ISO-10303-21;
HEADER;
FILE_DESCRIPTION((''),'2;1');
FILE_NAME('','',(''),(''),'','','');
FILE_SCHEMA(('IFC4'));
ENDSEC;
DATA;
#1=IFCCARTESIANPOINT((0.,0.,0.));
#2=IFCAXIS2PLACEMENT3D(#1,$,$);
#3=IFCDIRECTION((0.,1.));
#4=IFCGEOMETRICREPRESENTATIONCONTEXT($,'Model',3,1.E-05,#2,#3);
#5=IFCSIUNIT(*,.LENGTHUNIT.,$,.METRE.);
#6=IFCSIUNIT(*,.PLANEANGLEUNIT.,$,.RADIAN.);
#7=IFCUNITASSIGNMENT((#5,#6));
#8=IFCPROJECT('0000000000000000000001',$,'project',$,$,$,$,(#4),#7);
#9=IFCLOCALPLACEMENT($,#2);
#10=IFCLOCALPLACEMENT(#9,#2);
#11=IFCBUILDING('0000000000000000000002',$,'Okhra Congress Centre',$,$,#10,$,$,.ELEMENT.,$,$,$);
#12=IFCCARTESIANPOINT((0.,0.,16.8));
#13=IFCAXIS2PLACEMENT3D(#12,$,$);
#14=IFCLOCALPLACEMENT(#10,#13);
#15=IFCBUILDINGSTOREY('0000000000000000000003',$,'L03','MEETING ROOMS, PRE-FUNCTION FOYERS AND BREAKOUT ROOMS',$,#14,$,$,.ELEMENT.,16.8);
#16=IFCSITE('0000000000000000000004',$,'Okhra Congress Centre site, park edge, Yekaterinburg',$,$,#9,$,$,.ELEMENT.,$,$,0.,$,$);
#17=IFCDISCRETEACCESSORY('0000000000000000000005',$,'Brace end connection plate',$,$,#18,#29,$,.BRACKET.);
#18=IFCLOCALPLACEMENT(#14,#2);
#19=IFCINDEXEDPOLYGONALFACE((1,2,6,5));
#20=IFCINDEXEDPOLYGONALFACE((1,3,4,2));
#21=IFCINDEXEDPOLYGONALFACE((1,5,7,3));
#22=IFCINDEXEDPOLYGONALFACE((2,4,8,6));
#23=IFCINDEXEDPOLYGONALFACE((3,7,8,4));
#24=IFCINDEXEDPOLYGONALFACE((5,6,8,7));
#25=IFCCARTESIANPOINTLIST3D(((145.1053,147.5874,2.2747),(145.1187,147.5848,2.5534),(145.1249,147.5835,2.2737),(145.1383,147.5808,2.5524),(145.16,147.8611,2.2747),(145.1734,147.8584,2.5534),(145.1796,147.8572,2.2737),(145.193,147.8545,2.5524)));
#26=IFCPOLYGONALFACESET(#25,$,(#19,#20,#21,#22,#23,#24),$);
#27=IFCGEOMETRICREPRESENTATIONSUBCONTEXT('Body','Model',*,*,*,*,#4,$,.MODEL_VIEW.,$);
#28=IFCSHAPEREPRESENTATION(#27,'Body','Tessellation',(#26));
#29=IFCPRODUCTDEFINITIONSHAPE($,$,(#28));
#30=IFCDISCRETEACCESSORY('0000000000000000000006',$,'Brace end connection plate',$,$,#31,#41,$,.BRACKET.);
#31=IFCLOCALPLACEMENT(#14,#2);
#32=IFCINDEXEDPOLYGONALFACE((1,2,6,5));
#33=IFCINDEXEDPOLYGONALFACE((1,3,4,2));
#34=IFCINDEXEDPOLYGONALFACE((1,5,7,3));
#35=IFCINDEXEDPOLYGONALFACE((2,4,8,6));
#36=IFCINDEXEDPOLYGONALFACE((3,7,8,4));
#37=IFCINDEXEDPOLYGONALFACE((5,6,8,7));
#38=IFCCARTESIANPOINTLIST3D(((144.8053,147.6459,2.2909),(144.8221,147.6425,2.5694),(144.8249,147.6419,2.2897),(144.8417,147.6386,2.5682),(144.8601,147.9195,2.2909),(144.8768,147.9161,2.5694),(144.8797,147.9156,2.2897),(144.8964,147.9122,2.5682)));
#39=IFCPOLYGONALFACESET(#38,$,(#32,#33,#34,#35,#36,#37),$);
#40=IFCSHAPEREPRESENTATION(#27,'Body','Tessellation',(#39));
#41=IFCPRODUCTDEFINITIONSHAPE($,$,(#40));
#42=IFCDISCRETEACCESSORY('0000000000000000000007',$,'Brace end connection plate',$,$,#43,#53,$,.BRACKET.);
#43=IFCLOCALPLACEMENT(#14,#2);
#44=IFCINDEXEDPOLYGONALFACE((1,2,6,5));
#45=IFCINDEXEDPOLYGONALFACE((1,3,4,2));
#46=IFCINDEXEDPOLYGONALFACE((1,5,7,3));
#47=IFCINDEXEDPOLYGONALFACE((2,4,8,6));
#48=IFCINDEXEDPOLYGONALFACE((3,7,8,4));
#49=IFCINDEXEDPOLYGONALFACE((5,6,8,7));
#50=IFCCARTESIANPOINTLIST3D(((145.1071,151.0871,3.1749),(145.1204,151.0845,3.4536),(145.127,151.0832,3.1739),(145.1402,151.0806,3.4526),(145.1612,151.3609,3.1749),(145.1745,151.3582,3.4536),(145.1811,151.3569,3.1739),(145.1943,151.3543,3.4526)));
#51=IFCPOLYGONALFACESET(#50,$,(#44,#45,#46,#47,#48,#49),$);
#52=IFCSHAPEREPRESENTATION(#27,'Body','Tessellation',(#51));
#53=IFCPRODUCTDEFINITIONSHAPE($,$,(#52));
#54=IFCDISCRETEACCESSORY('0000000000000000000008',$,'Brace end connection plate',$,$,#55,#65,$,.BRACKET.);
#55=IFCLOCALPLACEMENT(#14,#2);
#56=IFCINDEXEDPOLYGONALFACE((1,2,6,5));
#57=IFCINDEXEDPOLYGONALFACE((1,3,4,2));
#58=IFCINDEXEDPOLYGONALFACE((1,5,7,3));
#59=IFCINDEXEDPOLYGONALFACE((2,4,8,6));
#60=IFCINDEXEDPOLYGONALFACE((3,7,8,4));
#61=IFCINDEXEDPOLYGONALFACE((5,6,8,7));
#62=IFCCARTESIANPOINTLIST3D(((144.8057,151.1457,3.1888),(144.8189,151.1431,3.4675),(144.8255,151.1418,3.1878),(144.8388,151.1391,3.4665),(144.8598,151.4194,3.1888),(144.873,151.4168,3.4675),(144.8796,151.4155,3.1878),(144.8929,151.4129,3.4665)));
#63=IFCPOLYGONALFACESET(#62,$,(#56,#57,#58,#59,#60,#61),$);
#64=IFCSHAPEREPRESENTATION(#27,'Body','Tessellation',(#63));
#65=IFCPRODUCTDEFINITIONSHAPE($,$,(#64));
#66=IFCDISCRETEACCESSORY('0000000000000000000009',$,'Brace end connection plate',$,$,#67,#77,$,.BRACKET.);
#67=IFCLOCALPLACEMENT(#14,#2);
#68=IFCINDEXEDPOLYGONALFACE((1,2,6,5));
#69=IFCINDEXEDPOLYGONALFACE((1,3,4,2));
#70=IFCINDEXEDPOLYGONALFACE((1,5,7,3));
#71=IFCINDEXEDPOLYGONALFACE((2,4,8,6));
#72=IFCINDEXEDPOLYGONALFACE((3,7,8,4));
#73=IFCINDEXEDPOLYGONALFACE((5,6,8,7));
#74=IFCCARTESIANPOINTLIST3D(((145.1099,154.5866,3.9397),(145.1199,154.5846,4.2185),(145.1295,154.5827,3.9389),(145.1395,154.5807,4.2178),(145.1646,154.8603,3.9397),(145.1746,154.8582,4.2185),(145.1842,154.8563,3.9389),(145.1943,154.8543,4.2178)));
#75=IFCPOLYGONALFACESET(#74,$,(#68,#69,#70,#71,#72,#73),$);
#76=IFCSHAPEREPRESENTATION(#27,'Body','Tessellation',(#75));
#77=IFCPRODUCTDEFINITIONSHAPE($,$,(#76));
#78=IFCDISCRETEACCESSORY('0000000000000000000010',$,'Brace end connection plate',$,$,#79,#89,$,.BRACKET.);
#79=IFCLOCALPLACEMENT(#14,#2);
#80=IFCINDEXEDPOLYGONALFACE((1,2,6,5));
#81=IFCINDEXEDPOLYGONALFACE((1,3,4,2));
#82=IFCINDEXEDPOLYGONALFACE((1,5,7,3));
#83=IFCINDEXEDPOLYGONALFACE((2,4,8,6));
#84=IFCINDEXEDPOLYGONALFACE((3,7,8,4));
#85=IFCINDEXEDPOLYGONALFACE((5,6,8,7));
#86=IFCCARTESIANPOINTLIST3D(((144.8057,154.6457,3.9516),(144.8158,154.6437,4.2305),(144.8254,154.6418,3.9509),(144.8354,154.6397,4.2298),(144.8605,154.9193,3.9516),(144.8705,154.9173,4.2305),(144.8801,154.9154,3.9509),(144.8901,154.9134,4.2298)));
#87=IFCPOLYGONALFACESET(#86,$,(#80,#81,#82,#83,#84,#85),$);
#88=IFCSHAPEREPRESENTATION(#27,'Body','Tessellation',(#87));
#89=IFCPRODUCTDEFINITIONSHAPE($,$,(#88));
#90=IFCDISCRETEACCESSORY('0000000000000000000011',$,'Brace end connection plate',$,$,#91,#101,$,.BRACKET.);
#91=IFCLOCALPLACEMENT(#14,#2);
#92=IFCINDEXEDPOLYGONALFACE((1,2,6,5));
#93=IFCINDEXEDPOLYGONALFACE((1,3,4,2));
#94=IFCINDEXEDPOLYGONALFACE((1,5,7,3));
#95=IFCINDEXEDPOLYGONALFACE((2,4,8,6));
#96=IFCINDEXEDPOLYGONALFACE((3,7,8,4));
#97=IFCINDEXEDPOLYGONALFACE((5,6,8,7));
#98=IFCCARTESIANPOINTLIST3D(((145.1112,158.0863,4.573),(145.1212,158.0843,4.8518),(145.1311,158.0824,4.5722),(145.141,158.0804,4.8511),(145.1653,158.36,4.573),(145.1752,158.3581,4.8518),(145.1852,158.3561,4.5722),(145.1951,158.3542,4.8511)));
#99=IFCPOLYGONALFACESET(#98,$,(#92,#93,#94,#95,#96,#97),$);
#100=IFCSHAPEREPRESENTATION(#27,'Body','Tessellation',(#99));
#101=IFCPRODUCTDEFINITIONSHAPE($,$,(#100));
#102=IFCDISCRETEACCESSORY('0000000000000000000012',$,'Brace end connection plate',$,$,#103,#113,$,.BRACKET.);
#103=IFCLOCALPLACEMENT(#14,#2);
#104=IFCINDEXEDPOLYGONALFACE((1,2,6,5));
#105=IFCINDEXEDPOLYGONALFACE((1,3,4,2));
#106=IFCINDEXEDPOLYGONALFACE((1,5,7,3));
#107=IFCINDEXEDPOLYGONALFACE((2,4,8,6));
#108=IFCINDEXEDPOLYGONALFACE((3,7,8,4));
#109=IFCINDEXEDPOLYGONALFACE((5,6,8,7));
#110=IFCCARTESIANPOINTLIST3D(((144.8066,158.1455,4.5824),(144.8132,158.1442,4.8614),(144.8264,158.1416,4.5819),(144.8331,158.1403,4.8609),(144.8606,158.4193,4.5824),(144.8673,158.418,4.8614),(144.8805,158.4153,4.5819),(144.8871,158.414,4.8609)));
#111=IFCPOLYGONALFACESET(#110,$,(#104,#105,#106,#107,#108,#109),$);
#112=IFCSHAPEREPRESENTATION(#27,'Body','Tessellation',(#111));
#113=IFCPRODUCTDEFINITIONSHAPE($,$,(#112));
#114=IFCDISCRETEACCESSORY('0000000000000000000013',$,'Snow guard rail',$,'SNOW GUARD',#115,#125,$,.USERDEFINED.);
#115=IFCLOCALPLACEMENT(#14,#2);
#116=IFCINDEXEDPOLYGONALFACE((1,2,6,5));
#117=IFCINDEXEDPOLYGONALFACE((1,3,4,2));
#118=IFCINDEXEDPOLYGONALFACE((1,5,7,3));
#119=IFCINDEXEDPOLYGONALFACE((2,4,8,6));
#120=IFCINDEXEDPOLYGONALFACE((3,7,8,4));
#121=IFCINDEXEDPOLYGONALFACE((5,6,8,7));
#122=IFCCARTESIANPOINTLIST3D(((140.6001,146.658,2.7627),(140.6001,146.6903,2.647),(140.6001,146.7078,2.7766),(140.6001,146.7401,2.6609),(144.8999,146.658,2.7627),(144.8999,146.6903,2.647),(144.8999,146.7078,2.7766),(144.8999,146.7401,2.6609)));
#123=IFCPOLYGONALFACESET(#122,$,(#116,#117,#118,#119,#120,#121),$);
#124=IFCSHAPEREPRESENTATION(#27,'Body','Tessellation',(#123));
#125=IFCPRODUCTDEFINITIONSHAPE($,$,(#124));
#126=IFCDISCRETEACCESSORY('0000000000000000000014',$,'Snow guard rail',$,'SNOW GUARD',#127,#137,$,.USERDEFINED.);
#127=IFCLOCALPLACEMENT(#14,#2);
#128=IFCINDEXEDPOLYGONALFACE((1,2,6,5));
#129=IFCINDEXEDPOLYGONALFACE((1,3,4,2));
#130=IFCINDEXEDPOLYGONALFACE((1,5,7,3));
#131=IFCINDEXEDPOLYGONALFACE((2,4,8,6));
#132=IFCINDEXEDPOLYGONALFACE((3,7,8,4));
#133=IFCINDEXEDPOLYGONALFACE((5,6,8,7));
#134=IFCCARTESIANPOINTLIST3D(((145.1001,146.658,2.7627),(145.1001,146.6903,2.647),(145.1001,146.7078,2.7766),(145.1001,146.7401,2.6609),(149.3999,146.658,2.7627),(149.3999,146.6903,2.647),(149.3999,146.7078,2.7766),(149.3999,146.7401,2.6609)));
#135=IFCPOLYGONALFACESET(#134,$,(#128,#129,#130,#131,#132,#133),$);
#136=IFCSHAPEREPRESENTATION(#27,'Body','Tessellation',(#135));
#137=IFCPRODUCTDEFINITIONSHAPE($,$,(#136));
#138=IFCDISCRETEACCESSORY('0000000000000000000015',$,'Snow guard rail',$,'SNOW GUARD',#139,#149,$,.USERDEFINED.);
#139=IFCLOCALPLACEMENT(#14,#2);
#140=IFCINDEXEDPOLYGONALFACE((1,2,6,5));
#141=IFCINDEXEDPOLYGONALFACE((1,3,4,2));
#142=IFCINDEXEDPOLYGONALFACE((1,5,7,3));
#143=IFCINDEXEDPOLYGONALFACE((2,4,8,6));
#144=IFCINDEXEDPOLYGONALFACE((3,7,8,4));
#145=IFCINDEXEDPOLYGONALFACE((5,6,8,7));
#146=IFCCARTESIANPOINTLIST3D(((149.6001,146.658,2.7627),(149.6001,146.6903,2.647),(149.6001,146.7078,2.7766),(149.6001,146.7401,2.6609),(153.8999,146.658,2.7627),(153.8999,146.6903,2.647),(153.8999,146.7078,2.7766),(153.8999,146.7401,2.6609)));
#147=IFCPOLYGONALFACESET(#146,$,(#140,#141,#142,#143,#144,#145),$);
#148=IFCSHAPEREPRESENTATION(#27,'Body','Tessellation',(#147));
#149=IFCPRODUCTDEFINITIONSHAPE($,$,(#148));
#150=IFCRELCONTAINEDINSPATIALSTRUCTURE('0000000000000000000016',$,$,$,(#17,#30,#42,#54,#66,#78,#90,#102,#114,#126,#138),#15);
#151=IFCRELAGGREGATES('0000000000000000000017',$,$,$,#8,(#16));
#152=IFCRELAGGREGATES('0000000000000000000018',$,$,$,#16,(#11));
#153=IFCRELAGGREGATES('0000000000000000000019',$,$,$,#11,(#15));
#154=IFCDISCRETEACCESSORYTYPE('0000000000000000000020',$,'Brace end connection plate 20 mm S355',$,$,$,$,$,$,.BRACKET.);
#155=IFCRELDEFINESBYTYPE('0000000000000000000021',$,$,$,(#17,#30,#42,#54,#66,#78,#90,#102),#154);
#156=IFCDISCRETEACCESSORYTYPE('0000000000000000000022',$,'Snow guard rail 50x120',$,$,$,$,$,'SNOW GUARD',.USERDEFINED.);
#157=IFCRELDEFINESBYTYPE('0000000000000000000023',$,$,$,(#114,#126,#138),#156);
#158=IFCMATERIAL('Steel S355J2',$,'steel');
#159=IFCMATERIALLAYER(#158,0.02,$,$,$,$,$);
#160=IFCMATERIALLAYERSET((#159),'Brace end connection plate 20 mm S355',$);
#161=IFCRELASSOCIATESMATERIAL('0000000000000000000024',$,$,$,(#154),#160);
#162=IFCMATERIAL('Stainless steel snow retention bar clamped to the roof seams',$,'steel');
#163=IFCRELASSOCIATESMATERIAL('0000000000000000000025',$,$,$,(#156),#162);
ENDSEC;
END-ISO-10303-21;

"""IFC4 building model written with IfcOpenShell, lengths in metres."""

from ifc_helpers import new_model, si_unit, direction, frame, origin, origin_2d, place, context, subcontext, project, spatial, polyline, rectangle, outline, extrude, material, layer, layer_set, type_object, element, save


model = new_model("IFC4")

# Units and contexts
model_context = context("Model", 3, precision=1e-05, world=origin(), true_north=direction((0.0, 1.0)))
body_context = subcontext(model_context, "Body", "Model", "MODEL_VIEW")
ifc_project = project(units=[si_unit("LENGTHUNIT", "METRE"), si_unit("PLANEANGLEUNIT", "RADIAN")], contexts=[model_context])

# Site, building, storey
site_placement = place(None, origin())
site = spatial("IfcSite", under=ifc_project, at=site_placement, Name="Okhra Congress Centre site, park edge, Yekaterinburg", CompositionType="ELEMENT", RefElevation=0.0)
building_placement = place(site_placement, origin())
building = spatial("IfcBuilding", under=site, at=building_placement, Name="Okhra Congress Centre", CompositionType="ELEMENT")
storey_placement = place(building_placement, frame((0.0, 0.0, 16.8)))
storey = spatial("IfcBuildingStorey", under=building, at=storey_placement, Name="L03", Description="MEETING ROOMS, PRE-FUNCTION FOYERS AND BREAKOUT ROOMS", CompositionType="ELEMENT", Elevation=16.8)

# Shared definitions
ifc_material_1 = material(Name="Steel S355J2", Category="steel")

# Discrete accessories
ifc_layer = layer(ifc_material_1, 0.02)
ifc_layer_set = layer_set([ifc_layer], Name="Brace end connection plate 20 mm S355")
discrete_accessory_type_1 = type_object("IfcDiscreteAccessoryType", Name="Brace end connection plate 20 mm S355", PredefinedType="BRACKET", material=ifc_layer_set)
for number, where, z_axis, x_axis, name in (
    (1, (145.1589, 147.719, 2.4131), (-0.979404, 0.195881, 0.04897), (-0.196116, -0.980581, 0.0), "Brace end connection plate"),
    (2, (144.8411, 147.781, 2.4302), (0.978744, -0.195749, -0.061172), (0.196116, 0.980581, 0.0), "Brace end connection plate"),
):
    element("IfcDiscreteAccessory", number, at=place(storey_placement, frame(where, z_axis=z_axis, x_axis=x_axis)), inside=storey, type_object=discrete_accessory_type_1, Name=name, PredefinedType="BRACKET", context=body_context, shape_type="SweptSolid", body=[
        extrude(rectangle(XDim=0.2791, YDim=0.2791, at=origin_2d()), origin(), (0.0, 0.0, 1.0), 0.02),
    ])
for number, where, z_axis, x_axis, name in (
    (3, (145.1606, 151.2188, 3.3132), (-0.979894, 0.193559, 0.04839), (-0.193786, -0.981044, 0.0), "Brace end connection plate"),
    (4, (144.8394, 151.2812, 3.3281), (0.979894, -0.193559, -0.04839), (0.193786, 0.981044, 0.0), "Brace end connection plate"),
):
    element("IfcDiscreteAccessory", number, at=place(storey_placement, frame(where, z_axis=z_axis, x_axis=x_axis)), inside=storey, type_object=discrete_accessory_type_1, Name=name, PredefinedType="BRACKET", context=body_context, shape_type="SweptSolid", body=[
        extrude(rectangle(XDim=0.2791, YDim=0.2791, at=origin_2d()), origin(), (0.0, 0.0, 1.0), 0.0203),
    ])
for number, where, z_axis, x_axis, name in (
    (5, (145.1619, 154.7185, 4.0784), (-0.979918, 0.195984, 0.036747), (-0.196116, -0.980581, 0.0), "Brace end connection plate"),
    (6, (144.8381, 154.7815, 4.0911), (0.979918, -0.195984, -0.036747), (0.196116, 0.980581, 0.0), "Brace end connection plate"),
):
    element("IfcDiscreteAccessory", number, at=place(storey_placement, frame(where, z_axis=z_axis, x_axis=x_axis)), inside=storey, type_object=discrete_accessory_type_1, Name=name, PredefinedType="BRACKET", context=body_context, shape_type="SweptSolid", body=[
        extrude(rectangle(XDim=0.2791, YDim=0.2791, at=origin_2d()), origin(), (0.0, 0.0, 1.0), 0.02),
    ])
for number, where, z_axis, x_axis, name in (
    (7, (145.1631, 158.2183, 4.7117), (-0.980397, 0.193659, 0.036311), (-0.193786, -0.981044, 0.0), "Brace end connection plate"),
    (8, (144.8369, 158.2817, 4.7219), (0.980756, -0.19373, -0.024216), (0.193786, 0.981044, 0.0), "Brace end connection plate"),
):
    element("IfcDiscreteAccessory", number, at=place(storey_placement, frame(where, z_axis=z_axis, x_axis=x_axis)), inside=storey, type_object=discrete_accessory_type_1, Name=name, PredefinedType="BRACKET", context=body_context, shape_type="SweptSolid", body=[
        extrude(rectangle(XDim=0.2791, YDim=0.2791, at=origin_2d()), origin(), (0.0, 0.0, 1.0), 0.0203),
    ])
ifc_material_2 = material(Name="Stainless steel snow retention bar clamped to the roof seams", Category="steel")
discrete_accessory_type_2 = type_object("IfcDiscreteAccessoryType", Name="Snow guard rail 50x120", ElementType="SNOW GUARD", PredefinedType="USERDEFINED", material=ifc_material_2)
for number, where, z_axis, x_axis, name in (
    (9, (140.6001, 146.658, 2.7627), (0.0, -0.269105, 0.963111), (1.0, 0.0, 0.0), "Snow guard rail"),
    (10, (145.1001, 146.658, 2.7627), (0.0, -0.269105, 0.963111), (1.0, 0.0, 0.0), "Snow guard rail"),
    (11, (149.6001, 146.658, 2.7627), (0.0, -0.269105, 0.963111), (1.0, 0.0, 0.0), "Snow guard rail"),
):
    element("IfcDiscreteAccessory", number, at=place(storey_placement, frame(where, z_axis=z_axis, x_axis=x_axis)), inside=storey, type_object=discrete_accessory_type_2, Name=name, ObjectType="SNOW GUARD", PredefinedType="USERDEFINED", context=body_context, shape_type="SweptSolid", body=[
        extrude(outline(polyline([(0.0, 0.0), (4.2998, 0.0), (4.2998, 0.0517), (0.0, 0.0517), (0.0, 0.0)])), origin(), (0.0, 0.0, -1.0), 0.1201),
    ])

save(model, "model.ifc")
